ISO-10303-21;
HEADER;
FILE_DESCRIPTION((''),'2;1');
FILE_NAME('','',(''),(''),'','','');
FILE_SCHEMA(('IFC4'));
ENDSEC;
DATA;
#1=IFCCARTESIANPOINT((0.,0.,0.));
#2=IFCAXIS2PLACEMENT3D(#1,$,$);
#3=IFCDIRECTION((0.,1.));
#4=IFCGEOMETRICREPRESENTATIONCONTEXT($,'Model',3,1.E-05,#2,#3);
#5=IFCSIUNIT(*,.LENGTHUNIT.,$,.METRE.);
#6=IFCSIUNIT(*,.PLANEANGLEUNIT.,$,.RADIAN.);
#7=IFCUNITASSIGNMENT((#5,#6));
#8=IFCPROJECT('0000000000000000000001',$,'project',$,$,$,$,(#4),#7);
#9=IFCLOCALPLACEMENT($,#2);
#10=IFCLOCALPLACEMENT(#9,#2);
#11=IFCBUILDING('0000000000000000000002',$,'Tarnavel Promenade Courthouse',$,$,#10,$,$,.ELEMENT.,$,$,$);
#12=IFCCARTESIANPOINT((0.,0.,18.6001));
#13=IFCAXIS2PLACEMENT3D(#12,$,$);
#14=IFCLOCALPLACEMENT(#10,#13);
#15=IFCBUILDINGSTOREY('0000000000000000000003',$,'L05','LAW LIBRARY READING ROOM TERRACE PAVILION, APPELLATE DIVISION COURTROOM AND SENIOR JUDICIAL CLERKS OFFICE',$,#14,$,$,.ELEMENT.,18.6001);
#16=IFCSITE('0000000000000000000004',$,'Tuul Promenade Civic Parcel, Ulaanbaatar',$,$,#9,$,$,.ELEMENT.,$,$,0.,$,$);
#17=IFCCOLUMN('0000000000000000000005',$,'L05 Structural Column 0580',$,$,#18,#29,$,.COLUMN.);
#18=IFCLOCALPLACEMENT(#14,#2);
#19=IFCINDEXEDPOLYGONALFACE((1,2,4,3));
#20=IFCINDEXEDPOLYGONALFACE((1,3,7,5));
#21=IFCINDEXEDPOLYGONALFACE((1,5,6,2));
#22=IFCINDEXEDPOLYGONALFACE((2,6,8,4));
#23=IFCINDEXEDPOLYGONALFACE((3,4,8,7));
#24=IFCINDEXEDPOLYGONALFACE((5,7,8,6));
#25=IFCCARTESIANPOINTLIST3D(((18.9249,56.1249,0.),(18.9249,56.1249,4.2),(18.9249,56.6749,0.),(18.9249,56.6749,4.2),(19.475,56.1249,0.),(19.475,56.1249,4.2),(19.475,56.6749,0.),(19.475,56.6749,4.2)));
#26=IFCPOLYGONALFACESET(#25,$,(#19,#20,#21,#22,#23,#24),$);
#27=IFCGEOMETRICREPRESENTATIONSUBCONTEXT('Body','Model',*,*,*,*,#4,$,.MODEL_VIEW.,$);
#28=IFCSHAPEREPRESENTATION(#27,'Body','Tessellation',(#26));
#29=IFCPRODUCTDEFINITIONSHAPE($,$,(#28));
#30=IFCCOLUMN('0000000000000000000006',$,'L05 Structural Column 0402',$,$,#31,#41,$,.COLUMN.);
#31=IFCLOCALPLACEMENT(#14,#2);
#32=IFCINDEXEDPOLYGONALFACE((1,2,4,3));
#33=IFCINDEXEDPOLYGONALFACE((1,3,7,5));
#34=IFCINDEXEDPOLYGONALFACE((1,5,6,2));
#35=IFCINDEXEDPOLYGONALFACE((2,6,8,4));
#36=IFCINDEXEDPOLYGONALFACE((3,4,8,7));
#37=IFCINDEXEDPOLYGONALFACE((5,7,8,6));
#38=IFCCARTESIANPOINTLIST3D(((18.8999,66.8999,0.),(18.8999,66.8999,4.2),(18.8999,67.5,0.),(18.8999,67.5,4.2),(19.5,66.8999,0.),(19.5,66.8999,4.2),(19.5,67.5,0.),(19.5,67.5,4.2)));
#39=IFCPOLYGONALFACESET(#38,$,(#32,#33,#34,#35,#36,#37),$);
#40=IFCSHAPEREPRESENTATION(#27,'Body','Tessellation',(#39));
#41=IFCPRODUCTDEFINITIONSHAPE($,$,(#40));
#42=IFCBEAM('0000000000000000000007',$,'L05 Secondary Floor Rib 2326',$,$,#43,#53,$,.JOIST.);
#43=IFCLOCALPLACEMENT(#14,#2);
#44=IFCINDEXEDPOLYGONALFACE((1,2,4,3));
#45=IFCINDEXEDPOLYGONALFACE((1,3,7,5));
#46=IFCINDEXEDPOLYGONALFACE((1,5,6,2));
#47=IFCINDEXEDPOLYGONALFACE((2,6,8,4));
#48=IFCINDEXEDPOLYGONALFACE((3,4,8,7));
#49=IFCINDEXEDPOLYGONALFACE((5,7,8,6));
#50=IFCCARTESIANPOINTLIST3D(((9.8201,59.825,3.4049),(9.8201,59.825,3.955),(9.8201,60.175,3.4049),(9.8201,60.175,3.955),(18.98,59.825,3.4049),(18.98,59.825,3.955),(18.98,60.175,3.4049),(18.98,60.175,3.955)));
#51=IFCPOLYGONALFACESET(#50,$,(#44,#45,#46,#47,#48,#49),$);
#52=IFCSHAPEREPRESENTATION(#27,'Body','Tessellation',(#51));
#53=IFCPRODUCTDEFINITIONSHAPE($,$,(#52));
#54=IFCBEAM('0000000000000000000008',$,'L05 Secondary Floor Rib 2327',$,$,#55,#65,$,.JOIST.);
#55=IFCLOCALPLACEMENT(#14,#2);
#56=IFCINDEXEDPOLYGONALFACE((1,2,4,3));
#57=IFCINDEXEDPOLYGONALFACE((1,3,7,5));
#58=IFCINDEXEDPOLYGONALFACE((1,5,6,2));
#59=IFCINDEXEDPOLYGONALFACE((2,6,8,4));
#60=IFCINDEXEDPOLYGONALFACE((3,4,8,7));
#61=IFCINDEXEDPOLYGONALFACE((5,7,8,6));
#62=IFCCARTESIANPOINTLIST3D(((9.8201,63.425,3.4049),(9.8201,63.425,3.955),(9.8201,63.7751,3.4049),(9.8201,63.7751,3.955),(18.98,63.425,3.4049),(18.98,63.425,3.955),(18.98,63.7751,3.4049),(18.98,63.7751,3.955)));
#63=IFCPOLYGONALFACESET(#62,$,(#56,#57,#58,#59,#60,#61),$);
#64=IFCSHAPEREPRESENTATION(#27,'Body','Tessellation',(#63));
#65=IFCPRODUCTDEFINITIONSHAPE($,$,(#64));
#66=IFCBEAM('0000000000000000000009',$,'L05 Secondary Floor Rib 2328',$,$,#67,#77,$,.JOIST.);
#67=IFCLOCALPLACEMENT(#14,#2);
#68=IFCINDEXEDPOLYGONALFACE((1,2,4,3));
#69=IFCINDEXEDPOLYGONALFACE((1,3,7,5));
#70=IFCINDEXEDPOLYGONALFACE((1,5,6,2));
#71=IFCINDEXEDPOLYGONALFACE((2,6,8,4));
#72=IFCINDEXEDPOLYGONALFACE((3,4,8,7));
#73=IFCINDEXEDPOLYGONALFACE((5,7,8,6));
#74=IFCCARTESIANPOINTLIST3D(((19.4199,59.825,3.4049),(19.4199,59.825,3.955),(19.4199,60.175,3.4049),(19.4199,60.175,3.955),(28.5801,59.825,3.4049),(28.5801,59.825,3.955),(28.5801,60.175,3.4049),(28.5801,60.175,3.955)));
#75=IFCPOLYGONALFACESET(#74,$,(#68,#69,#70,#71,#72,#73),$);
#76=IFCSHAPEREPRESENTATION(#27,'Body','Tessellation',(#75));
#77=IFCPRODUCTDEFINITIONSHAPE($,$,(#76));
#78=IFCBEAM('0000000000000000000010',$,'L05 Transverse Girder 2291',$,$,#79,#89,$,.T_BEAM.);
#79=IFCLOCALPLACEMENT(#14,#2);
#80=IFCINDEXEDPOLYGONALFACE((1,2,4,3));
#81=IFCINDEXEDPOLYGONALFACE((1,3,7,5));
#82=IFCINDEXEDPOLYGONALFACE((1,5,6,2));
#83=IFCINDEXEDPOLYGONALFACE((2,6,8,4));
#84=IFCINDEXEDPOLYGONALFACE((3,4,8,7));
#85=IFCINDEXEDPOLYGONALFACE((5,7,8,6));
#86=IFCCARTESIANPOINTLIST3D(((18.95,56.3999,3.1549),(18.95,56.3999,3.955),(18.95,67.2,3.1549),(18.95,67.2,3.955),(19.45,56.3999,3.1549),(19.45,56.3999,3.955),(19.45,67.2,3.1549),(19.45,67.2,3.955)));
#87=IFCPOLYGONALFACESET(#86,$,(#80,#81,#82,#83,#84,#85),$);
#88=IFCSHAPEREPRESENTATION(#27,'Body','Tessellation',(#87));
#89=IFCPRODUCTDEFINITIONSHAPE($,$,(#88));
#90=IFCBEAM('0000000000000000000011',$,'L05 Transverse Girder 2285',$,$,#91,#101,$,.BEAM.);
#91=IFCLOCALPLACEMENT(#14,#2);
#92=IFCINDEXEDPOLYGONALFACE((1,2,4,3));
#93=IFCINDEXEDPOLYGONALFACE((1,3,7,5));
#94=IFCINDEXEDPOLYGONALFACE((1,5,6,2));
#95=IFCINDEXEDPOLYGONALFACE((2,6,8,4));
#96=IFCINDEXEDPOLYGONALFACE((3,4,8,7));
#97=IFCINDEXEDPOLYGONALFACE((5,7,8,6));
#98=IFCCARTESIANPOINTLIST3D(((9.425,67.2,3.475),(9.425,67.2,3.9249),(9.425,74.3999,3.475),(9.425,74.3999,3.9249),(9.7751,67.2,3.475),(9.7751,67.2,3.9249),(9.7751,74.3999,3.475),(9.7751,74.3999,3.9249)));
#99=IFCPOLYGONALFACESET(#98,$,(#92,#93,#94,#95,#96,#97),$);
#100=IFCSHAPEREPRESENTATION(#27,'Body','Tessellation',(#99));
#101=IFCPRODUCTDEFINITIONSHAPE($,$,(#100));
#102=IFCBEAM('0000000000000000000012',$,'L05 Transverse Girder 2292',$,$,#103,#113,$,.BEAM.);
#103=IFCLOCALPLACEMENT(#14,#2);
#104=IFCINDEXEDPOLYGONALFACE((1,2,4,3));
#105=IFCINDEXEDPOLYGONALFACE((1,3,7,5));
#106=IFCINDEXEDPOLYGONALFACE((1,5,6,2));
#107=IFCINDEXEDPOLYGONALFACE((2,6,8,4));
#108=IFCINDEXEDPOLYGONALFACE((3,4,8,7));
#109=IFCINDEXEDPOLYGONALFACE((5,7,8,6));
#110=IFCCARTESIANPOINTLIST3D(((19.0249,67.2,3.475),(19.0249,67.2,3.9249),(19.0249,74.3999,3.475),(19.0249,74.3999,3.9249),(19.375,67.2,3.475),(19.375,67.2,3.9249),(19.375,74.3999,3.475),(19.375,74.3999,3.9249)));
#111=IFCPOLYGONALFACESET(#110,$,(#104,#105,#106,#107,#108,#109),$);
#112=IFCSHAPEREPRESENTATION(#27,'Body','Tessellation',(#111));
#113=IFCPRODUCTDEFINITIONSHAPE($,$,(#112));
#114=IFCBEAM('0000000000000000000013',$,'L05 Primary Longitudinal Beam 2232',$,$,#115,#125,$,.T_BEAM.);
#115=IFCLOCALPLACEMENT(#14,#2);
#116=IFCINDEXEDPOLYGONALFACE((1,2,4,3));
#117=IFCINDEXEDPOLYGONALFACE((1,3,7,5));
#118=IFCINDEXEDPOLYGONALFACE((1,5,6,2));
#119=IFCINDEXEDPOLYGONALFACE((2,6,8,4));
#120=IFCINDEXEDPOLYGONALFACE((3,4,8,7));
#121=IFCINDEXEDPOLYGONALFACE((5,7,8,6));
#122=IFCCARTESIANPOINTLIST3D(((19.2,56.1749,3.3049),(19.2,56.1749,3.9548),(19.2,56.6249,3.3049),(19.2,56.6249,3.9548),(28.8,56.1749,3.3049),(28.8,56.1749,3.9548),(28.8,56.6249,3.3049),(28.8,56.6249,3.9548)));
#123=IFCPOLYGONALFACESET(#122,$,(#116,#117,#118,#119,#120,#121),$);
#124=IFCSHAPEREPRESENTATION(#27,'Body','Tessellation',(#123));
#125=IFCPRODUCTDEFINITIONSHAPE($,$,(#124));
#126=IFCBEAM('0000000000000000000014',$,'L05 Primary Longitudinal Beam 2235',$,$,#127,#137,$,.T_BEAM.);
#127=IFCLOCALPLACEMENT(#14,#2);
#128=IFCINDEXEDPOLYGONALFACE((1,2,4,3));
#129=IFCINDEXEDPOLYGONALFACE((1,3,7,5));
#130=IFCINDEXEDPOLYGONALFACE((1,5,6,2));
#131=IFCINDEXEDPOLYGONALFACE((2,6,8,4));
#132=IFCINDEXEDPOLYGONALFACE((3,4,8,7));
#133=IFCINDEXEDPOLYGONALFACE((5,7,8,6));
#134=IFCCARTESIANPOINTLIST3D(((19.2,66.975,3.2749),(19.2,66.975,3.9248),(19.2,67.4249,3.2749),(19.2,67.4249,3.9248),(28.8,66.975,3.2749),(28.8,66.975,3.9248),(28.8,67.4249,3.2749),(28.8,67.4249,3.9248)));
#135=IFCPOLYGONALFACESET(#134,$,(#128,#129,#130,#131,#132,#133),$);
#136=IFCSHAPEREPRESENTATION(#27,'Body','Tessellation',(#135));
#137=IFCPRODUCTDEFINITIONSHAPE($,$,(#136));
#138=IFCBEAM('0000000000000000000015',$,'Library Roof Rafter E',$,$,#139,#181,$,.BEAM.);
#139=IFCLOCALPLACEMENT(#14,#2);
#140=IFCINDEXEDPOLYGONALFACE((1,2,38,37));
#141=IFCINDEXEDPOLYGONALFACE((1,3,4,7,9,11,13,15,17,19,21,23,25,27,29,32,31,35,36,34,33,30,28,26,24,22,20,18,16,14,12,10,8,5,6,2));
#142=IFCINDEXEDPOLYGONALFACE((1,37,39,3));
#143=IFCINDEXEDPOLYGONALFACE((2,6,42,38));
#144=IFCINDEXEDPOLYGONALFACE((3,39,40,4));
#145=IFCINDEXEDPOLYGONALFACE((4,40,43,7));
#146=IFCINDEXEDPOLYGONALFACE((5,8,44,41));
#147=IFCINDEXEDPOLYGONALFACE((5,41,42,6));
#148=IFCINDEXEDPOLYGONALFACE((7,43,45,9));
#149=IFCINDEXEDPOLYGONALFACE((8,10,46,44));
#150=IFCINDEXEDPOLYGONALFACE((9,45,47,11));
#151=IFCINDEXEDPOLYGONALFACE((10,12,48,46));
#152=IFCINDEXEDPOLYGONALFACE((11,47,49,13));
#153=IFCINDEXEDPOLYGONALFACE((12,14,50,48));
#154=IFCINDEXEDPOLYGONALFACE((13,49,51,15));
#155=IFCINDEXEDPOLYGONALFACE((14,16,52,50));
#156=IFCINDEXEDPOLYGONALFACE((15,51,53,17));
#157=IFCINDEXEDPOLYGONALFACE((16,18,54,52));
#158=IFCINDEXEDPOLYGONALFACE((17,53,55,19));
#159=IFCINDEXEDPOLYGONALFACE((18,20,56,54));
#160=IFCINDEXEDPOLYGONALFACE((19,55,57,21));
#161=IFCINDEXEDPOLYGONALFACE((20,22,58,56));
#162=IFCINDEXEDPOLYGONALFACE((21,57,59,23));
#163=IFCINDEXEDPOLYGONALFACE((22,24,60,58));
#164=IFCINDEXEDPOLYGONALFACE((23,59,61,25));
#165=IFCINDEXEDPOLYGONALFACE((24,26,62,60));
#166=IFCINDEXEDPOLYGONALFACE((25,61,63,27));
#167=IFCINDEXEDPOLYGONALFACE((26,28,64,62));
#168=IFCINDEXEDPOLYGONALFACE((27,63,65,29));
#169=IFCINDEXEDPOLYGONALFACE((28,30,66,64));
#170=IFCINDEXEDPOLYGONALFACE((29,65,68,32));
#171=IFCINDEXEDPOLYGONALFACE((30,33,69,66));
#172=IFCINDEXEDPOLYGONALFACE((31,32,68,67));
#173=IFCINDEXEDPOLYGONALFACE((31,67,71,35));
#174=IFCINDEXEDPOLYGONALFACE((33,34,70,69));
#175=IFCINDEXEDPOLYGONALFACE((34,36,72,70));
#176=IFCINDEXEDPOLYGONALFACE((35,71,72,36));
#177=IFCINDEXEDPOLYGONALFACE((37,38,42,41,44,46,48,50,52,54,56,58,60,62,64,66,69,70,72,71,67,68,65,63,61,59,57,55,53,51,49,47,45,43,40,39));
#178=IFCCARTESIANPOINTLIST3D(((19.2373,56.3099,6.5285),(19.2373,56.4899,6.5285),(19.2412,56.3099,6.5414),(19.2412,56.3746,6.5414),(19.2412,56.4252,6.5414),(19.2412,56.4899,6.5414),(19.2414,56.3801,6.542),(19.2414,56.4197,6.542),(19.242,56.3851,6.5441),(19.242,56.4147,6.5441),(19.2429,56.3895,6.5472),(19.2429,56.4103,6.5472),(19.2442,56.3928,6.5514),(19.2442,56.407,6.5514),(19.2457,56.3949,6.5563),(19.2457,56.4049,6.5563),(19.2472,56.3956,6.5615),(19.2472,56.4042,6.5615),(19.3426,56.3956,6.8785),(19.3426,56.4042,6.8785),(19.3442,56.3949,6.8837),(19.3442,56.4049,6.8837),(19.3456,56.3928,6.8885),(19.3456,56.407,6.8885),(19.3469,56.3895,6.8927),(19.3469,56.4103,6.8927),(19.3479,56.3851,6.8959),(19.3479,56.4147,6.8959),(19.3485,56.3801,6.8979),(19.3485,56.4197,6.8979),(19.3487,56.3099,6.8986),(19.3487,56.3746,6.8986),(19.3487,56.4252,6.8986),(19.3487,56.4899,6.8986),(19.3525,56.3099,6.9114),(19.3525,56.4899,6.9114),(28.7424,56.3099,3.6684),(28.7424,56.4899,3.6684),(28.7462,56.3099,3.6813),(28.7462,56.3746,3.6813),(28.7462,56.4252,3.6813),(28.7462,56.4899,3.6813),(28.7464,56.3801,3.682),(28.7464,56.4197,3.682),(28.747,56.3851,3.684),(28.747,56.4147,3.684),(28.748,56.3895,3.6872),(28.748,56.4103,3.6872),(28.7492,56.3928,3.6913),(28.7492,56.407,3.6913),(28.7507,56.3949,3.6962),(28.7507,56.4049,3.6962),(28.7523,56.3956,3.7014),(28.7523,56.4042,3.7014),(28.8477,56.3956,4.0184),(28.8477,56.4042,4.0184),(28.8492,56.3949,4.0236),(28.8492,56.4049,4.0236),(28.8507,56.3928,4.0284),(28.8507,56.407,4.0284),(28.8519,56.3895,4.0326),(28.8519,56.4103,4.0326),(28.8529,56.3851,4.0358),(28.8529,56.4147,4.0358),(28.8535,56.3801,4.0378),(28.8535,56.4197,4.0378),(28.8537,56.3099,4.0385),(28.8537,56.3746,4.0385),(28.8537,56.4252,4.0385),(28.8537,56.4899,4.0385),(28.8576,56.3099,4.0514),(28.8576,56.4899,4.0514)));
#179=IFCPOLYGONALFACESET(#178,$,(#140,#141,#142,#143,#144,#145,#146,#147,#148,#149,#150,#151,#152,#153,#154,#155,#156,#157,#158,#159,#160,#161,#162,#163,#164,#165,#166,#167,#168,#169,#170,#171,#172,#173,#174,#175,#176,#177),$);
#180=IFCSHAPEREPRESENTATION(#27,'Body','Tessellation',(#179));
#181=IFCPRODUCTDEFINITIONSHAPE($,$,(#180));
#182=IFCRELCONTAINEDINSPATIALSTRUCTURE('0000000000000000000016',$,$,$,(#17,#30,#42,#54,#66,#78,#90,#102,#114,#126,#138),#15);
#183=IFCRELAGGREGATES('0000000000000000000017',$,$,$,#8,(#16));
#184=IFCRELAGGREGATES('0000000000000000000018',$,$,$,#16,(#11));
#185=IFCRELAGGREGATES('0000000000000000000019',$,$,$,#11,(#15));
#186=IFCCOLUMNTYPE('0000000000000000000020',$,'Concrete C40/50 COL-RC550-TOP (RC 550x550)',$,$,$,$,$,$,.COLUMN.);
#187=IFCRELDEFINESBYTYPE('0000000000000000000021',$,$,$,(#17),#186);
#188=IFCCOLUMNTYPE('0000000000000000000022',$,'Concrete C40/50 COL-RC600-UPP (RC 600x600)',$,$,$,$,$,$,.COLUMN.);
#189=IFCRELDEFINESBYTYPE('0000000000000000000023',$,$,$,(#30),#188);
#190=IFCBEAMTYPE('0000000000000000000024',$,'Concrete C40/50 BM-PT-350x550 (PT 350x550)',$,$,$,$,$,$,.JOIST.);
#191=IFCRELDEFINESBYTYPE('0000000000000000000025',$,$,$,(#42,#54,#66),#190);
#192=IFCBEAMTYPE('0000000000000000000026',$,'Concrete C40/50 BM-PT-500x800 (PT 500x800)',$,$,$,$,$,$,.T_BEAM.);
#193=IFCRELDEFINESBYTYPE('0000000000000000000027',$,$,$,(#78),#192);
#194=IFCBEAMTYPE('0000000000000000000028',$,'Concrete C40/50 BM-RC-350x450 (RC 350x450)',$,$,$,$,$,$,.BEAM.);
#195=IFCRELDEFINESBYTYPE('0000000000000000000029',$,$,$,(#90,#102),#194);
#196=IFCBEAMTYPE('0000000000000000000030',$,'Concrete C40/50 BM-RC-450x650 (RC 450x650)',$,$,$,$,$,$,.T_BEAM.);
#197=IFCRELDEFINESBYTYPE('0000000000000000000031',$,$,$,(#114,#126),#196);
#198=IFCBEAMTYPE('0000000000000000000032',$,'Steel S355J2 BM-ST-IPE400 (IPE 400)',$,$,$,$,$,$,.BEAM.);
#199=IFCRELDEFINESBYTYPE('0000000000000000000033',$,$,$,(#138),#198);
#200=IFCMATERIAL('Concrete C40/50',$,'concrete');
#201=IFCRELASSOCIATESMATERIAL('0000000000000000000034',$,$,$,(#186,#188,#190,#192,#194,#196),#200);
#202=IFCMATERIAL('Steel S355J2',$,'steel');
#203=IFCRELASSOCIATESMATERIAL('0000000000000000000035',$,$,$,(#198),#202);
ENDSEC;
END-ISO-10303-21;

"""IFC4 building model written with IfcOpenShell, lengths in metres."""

from ifc_helpers import new_model, si_unit, direction, frame, origin, origin_2d, place, context, subcontext, project, spatial, rectangle, i_section, extrude, material, material_profile, profile_set, type_object, element, save


model = new_model("IFC4")

# Units and contexts
model_context = context("Model", 3, precision=1e-05, world=origin(), true_north=direction((0.0, 1.0)))
body_context = subcontext(model_context, "Body", "Model", "MODEL_VIEW")
ifc_project = project(units=[si_unit("LENGTHUNIT", "METRE"), si_unit("PLANEANGLEUNIT", "RADIAN")], contexts=[model_context])

# Site, building, storey
site_placement = place(None, origin())
site = spatial("IfcSite", under=ifc_project, at=site_placement, Name="Tuul Promenade Civic Parcel, Ulaanbaatar", CompositionType="ELEMENT", RefElevation=0.0)
building_placement = place(site_placement, origin())
building = spatial("IfcBuilding", under=site, at=building_placement, Name="Tarnavel Promenade Courthouse", CompositionType="ELEMENT")
storey_placement = place(building_placement, frame((0.0, 0.0, 18.6001)))
storey = spatial("IfcBuildingStorey", under=building, at=storey_placement, Name="L05", Description="LAW LIBRARY READING ROOM TERRACE PAVILION, APPELLATE DIVISION COURTROOM AND SENIOR JUDICIAL CLERKS OFFICE", CompositionType="ELEMENT", Elevation=18.6001)

# Columns
ifc_material_1 = material(Name="Concrete C40/50", Category="concrete")
ifc_material_profile_1 = material_profile(ifc_material_1, rectangle(XDim=0.55, YDim=0.55, at=origin_2d()), Name="RC 550x550")
ifc_profile_set_1 = profile_set([ifc_material_profile_1], Name="Concrete C40/50")
column_type_1 = type_object("IfcColumnType", Name="Concrete C40/50 COL-RC550-TOP (RC 550x550)", PredefinedType="COLUMN", material=ifc_profile_set_1)
column_1_placement = place(storey_placement, frame((19.2, 56.3999, 0.0), z_axis=(0.0, 0.0, 1.0), x_axis=(1.0, 0.0, 0.0)))
element("IfcColumn", 1, at=column_1_placement, inside=storey, type_object=column_type_1, Name="L05 Structural Column 0580", PredefinedType="COLUMN", context=body_context, shape_type="SweptSolid", body=[
    extrude(rectangle(XDim=0.55, YDim=0.55, at=origin_2d()), origin(), (0.0, 0.0, 1.0), 4.2),
])
ifc_material_profile_2 = material_profile(ifc_material_1, rectangle(XDim=0.6001, YDim=0.6001, at=origin_2d()), Name="RC 600x600")
ifc_profile_set_2 = profile_set([ifc_material_profile_2], Name="Concrete C40/50")
column_type_2 = type_object("IfcColumnType", Name="Concrete C40/50 COL-RC600-UPP (RC 600x600)", PredefinedType="COLUMN", material=ifc_profile_set_2)
column_2_placement = place(storey_placement, frame((19.2, 67.2, 0.0), z_axis=(0.0, 0.0, 1.0), x_axis=(1.0, 0.0, 0.0)))
element("IfcColumn", 2, at=column_2_placement, inside=storey, type_object=column_type_2, Name="L05 Structural Column 0402", PredefinedType="COLUMN", context=body_context, shape_type="SweptSolid", body=[
    extrude(rectangle(XDim=0.6001, YDim=0.6001, at=origin_2d()), origin(), (0.0, 0.0, 1.0), 4.2),
])

# Beams
ifc_material_profile_3 = material_profile(ifc_material_1, rectangle(XDim=0.3501, YDim=0.55, at=origin_2d()), Name="PT 350x550")
ifc_profile_set_3 = profile_set([ifc_material_profile_3], Name="Concrete C40/50")
beam_type_1 = type_object("IfcBeamType", Name="Concrete C40/50 BM-PT-350x550 (PT 350x550)", PredefinedType="JOIST", material=ifc_profile_set_3)
for number, where, z_axis, x_axis, name in (
    (3, (9.8201, 60.0, 3.6799), (1.0, 0.0, 0.0), (0.0, 1.0, 0.0), "L05 Secondary Floor Rib 2326"),
    (4, (9.8201, 63.6001, 3.6799), (1.0, 0.0, 0.0), (0.0, 1.0, 0.0), "L05 Secondary Floor Rib 2327"),
):
    element("IfcBeam", number, at=place(storey_placement, frame(where, z_axis=z_axis, x_axis=x_axis)), inside=storey, type_object=beam_type_1, Name=name, PredefinedType="JOIST", context=body_context, shape_type="SweptSolid", body=[
        extrude(rectangle(XDim=0.3501, YDim=0.55, at=origin_2d()), origin(), (0.0, 0.0, 1.0), 9.1599),
    ])
beam_1_placement = place(storey_placement, frame((19.4199, 60.0, 3.6799), z_axis=(1.0, 0.0, 0.0), x_axis=(0.0, 1.0, 0.0)))
element("IfcBeam", 5, at=beam_1_placement, inside=storey, type_object=beam_type_1, Name="L05 Secondary Floor Rib 2328", PredefinedType="JOIST", context=body_context, shape_type="SweptSolid", body=[
    extrude(rectangle(XDim=0.3501, YDim=0.55, at=origin_2d()), origin(), (0.0, 0.0, 1.0), 9.1602),
])
ifc_material_profile_4 = material_profile(ifc_material_1, rectangle(XDim=0.5, YDim=0.8, at=origin_2d()), Name="PT 500x800")
ifc_profile_set_4 = profile_set([ifc_material_profile_4], Name="Concrete C40/50")
beam_type_2 = type_object("IfcBeamType", Name="Concrete C40/50 BM-PT-500x800 (PT 500x800)", PredefinedType="T_BEAM", material=ifc_profile_set_4)
beam_2_placement = place(storey_placement, frame((19.2, 56.3999, 3.5549), z_axis=(0.0, 1.0, 0.0), x_axis=(-1.0, 0.0, 0.0)))
element("IfcBeam", 6, at=beam_2_placement, inside=storey, type_object=beam_type_2, Name="L05 Transverse Girder 2291", PredefinedType="T_BEAM", context=body_context, shape_type="SweptSolid", body=[
    extrude(rectangle(XDim=0.5, YDim=0.8, at=origin_2d()), origin(), (0.0, 0.0, 1.0), 10.8),
])
ifc_material_profile_5 = material_profile(ifc_material_1, rectangle(XDim=0.3501, YDim=0.45, at=origin_2d()), Name="RC 350x450")
ifc_profile_set_5 = profile_set([ifc_material_profile_5], Name="Concrete C40/50")
beam_type_3 = type_object("IfcBeamType", Name="Concrete C40/50 BM-RC-350x450 (RC 350x450)", PredefinedType="BEAM", material=ifc_profile_set_5)
for number, where, z_axis, x_axis, name in (
    (7, (9.6001, 67.2, 3.7), (0.0, 1.0, 0.0), (-1.0, 0.0, 0.0), "L05 Transverse Girder 2285"),
    (8, (19.2, 67.2, 3.7), (0.0, 1.0, 0.0), (-1.0, 0.0, 0.0), "L05 Transverse Girder 2292"),
):
    element("IfcBeam", number, at=place(storey_placement, frame(where, z_axis=z_axis, x_axis=x_axis)), inside=storey, type_object=beam_type_3, Name=name, PredefinedType="BEAM", context=body_context, shape_type="SweptSolid", body=[
        extrude(rectangle(XDim=0.3501, YDim=0.45, at=origin_2d()), origin(), (0.0, 0.0, 1.0), 7.2),
    ])
ifc_material_profile_6 = material_profile(ifc_material_1, rectangle(XDim=0.45, YDim=0.6499, at=origin_2d()), Name="RC 450x650")
ifc_profile_set_6 = profile_set([ifc_material_profile_6], Name="Concrete C40/50")
beam_type_4 = type_object("IfcBeamType", Name="Concrete C40/50 BM-RC-450x650 (RC 450x650)", PredefinedType="T_BEAM", material=ifc_profile_set_6)
for number, where, z_axis, x_axis, name in (
    (9, (19.2, 56.3999, 3.6299), (1.0, 0.0, 0.0), (0.0, 1.0, 0.0), "L05 Primary Longitudinal Beam 2232"),
    (10, (19.2, 67.2, 3.5999), (1.0, 0.0, 0.0), (0.0, 1.0, 0.0), "L05 Primary Longitudinal Beam 2235"),
):
    element("IfcBeam", number, at=place(storey_placement, frame(where, z_axis=z_axis, x_axis=x_axis)), inside=storey, type_object=beam_type_4, Name=name, PredefinedType="T_BEAM", context=body_context, shape_type="SweptSolid", body=[
        extrude(rectangle(XDim=0.45, YDim=0.6499, at=origin_2d()), origin(), (0.0, 0.0, 1.0), 9.6001),
    ])
ifc_material_2 = material(Name="Steel S355J2", Category="steel")
ifc_material_profile_7 = material_profile(ifc_material_2, i_section(OverallWidth=0.1799, OverallDepth=0.3999, WebThickness=0.0085, FlangeThickness=0.0134, FilletRadius=0.021, at=origin_2d()), Name="IPE 400")
ifc_profile_set_7 = profile_set([ifc_material_profile_7], Name="Steel S355J2")
beam_type_5 = type_object("IfcBeamType", Name="Steel S355J2 BM-ST-IPE400 (IPE 400)", PredefinedType="BEAM", material=ifc_profile_set_7)
beam_3_placement = place(storey_placement, frame((19.2949, 56.3999, 6.72), z_axis=(0.957588, 0.0, -0.28814), x_axis=(0.0, 1.0, 0.0)))
element("IfcBeam", 11, at=beam_3_placement, inside=storey, type_object=beam_type_5, Name="Library Roof Rafter E", PredefinedType="BEAM", context=body_context, shape_type="SweptSolid", body=[
    extrude(i_section(OverallWidth=0.1799, OverallDepth=0.3999, WebThickness=0.0085, FlangeThickness=0.0134, FilletRadius=0.021, at=origin_2d()), origin(), (0.0, 0.0, 1.0), 9.926),
])

save(model, "model.ifc")
